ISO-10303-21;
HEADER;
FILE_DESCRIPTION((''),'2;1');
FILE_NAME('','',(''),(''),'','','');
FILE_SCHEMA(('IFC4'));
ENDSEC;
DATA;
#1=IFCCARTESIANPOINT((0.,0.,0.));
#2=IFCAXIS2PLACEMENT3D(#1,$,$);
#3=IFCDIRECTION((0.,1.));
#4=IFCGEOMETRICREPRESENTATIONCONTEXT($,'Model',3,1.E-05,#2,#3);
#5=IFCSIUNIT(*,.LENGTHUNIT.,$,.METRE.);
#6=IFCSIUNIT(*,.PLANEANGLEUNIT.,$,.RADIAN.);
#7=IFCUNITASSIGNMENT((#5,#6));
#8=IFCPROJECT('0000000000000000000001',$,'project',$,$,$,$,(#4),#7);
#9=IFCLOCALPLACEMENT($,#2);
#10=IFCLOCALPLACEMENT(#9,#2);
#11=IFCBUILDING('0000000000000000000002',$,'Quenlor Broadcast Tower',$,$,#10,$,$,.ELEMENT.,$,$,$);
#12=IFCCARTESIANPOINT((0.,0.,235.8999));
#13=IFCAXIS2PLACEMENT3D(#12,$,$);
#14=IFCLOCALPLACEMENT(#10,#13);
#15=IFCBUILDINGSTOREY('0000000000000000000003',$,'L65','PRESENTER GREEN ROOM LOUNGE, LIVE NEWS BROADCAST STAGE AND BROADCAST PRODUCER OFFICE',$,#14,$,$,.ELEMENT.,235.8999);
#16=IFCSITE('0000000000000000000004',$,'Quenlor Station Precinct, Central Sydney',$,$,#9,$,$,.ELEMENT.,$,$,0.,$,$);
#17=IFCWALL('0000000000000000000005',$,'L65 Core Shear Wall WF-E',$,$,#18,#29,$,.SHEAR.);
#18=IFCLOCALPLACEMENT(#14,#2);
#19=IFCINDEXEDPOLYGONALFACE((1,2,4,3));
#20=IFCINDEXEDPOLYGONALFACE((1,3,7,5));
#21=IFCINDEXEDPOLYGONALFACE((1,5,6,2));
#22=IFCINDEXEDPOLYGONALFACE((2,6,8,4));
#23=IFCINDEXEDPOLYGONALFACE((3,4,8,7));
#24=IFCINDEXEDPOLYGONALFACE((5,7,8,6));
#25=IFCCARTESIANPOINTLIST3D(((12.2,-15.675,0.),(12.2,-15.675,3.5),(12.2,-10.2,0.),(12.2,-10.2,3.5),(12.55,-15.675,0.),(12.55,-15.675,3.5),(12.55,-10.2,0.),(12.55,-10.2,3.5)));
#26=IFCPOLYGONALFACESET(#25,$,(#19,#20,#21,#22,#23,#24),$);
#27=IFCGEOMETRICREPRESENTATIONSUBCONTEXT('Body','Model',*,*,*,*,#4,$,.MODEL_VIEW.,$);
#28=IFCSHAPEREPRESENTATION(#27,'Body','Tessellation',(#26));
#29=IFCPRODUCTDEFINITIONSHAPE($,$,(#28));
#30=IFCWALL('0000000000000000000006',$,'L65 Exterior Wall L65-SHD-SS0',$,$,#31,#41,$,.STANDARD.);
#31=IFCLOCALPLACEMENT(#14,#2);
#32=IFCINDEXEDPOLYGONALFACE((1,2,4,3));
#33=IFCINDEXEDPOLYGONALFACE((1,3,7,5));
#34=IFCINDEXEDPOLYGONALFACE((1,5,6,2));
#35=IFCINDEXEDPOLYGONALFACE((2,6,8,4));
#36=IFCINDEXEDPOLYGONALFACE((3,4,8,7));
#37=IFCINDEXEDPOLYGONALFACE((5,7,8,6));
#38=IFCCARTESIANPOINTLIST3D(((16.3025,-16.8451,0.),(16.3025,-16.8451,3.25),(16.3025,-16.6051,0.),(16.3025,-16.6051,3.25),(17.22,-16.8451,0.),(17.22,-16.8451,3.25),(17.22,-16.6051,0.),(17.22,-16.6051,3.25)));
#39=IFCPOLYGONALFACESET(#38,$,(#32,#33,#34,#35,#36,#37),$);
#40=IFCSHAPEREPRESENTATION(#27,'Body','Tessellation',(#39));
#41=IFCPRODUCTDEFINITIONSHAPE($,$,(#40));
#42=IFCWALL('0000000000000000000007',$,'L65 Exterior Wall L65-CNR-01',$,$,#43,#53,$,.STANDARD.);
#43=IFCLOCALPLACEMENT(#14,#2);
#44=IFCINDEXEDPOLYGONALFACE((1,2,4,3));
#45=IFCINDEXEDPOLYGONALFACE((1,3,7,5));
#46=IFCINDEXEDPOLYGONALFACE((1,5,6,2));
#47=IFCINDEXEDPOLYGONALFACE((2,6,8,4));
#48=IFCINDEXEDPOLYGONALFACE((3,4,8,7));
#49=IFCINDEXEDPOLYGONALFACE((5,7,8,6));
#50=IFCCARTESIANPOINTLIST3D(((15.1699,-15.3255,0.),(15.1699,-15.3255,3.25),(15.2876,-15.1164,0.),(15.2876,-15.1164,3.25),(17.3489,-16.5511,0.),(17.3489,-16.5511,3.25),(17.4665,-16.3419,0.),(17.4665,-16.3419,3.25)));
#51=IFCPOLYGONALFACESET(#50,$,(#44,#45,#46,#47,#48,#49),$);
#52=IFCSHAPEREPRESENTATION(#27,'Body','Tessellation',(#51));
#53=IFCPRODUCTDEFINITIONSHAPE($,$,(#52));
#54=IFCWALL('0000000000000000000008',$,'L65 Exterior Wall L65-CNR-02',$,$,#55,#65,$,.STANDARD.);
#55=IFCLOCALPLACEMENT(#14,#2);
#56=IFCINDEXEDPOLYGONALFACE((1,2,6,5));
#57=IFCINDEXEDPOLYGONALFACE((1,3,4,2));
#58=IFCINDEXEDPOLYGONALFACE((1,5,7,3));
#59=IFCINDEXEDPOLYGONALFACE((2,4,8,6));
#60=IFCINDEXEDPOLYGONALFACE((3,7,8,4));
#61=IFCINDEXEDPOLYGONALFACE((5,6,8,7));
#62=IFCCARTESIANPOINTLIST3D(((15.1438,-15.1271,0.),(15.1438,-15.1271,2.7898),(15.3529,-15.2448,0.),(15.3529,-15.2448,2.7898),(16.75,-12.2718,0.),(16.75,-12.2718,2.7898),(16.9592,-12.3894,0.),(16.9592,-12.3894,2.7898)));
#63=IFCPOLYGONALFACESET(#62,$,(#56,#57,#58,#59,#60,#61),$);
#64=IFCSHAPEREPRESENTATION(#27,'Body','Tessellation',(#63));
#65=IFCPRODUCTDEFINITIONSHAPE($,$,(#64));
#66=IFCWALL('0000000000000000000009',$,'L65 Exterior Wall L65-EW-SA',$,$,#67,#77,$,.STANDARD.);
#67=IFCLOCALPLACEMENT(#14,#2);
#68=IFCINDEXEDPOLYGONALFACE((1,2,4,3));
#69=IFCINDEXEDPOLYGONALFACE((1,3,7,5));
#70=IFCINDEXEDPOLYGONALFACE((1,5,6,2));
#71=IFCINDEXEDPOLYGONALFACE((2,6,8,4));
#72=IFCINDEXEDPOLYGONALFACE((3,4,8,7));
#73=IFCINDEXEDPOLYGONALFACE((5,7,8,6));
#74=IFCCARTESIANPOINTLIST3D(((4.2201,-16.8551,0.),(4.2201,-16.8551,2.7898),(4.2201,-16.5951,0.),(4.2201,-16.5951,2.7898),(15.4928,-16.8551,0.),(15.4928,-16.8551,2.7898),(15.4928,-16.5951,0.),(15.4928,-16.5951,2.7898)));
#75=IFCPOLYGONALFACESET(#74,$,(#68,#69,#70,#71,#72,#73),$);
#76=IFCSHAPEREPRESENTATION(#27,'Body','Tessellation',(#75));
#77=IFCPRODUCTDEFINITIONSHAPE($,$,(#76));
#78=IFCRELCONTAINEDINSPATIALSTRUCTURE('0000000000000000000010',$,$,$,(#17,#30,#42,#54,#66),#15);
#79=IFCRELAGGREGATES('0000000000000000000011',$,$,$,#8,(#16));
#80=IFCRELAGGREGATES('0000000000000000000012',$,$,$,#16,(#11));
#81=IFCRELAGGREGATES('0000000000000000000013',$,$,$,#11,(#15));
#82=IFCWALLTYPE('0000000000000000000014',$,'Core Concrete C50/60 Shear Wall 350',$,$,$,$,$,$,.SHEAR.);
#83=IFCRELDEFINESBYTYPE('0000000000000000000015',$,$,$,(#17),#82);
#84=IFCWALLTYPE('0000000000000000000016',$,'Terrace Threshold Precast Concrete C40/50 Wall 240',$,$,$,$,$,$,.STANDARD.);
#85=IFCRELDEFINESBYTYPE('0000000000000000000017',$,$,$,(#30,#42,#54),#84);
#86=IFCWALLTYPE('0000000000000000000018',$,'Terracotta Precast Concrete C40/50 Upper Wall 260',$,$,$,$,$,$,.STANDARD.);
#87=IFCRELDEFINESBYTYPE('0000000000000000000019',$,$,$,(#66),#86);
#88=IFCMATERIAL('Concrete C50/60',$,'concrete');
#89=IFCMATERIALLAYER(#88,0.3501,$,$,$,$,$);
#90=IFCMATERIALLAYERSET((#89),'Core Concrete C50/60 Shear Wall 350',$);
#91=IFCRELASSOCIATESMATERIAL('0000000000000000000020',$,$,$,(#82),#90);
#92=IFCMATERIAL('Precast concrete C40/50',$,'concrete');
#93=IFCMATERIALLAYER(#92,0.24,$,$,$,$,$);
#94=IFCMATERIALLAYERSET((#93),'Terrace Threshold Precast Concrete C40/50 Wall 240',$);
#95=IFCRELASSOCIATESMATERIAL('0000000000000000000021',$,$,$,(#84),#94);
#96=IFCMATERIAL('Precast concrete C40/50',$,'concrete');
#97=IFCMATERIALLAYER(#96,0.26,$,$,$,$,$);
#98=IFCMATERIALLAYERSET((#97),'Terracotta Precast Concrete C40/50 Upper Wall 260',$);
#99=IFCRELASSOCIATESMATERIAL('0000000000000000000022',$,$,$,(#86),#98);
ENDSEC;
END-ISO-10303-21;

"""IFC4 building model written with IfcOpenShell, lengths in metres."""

from ifc_helpers import new_model, si_unit, direction, frame, frame_2d, origin, place, context, subcontext, project, spatial, rectangle, extrude, material, layer, layer_set, type_object, element, save


model = new_model("IFC4")

# Units and contexts
model_context = context("Model", 3, precision=1e-05, world=origin(), true_north=direction((0.0, 1.0)))
body_context = subcontext(model_context, "Body", "Model", "MODEL_VIEW")
ifc_project = project(units=[si_unit("LENGTHUNIT", "METRE"), si_unit("PLANEANGLEUNIT", "RADIAN")], contexts=[model_context])

# Site, building, storey
site_placement = place(None, origin())
site = spatial("IfcSite", under=ifc_project, at=site_placement, Name="Quenlor Station Precinct, Central Sydney", CompositionType="ELEMENT", RefElevation=0.0)
building_placement = place(site_placement, origin())
building = spatial("IfcBuilding", under=site, at=building_placement, Name="Quenlor Broadcast Tower", CompositionType="ELEMENT")
storey_placement = place(building_placement, frame((0.0, 0.0, 235.8999)))
storey = spatial("IfcBuildingStorey", under=building, at=storey_placement, Name="L65", Description="PRESENTER GREEN ROOM LOUNGE, LIVE NEWS BROADCAST STAGE AND BROADCAST PRODUCER OFFICE", CompositionType="ELEMENT", Elevation=235.8999)

# Walls
ifc_material_1 = material(Name="Concrete C50/60", Category="concrete")
ifc_layer_1 = layer(ifc_material_1, 0.3501)
ifc_layer_set_1 = layer_set([ifc_layer_1], Name="Core Concrete C50/60 Shear Wall 350")
wall_type_1 = type_object("IfcWallType", Name="Core Concrete C50/60 Shear Wall 350", PredefinedType="SHEAR", material=ifc_layer_set_1)
wall_1_placement = place(storey_placement, frame((12.375, -15.675, 0.0), z_axis=(0.0, 0.0, 1.0), x_axis=(0.0, 1.0, 0.0)))
element("IfcWall", 1, at=wall_1_placement, inside=storey, type_object=wall_type_1, Name="L65 Core Shear Wall WF-E", PredefinedType="SHEAR", context=body_context, shape_type="SweptSolid", body=[
    extrude(rectangle(XDim=5.4751, YDim=0.3501, at=frame_2d((2.7375, 0.0))), origin(), (0.0, 0.0, 1.0), 3.5),
])
ifc_material_2 = material(Name="Precast concrete C40/50", Category="concrete")
ifc_layer_2 = layer(ifc_material_2, 0.24)
ifc_layer_set_2 = layer_set([ifc_layer_2], Name="Terrace Threshold Precast Concrete C40/50 Wall 240")
wall_type_2 = type_object("IfcWallType", Name="Terrace Threshold Precast Concrete C40/50 Wall 240", PredefinedType="STANDARD", material=ifc_layer_set_2)
wall_2_placement = place(storey_placement, frame((17.22, -16.7251, 0.0), z_axis=(0.0, 0.0, 1.0), x_axis=(-1.0, 0.0, 0.0)))
element("IfcWall", 2, at=wall_2_placement, inside=storey, type_object=wall_type_2, Name="L65 Exterior Wall L65-SHD-SS0", PredefinedType="STANDARD", context=body_context, shape_type="SweptSolid", body=[
    extrude(rectangle(XDim=0.9175, YDim=0.24, at=frame_2d((0.4587, 0.0))), origin(), (0.0, 0.0, 1.0), 3.25),
])
wall_3_placement = place(storey_placement, frame((17.4077, -16.4465, 0.0), z_axis=(0.0, 0.0, 1.0), x_axis=(-0.871589, 0.490238, 0.0)))
element("IfcWall", 3, at=wall_3_placement, inside=storey, type_object=wall_type_2, Name="L65 Exterior Wall L65-CNR-01", PredefinedType="STANDARD", context=body_context, shape_type="SweptSolid", body=[
    extrude(rectangle(XDim=2.5, YDim=0.24, at=frame_2d((1.25, 0.0))), origin(), (0.0, 0.0, 1.0), 3.25),
])
wall_4_placement = place(storey_placement, frame((15.2483, -15.186, 0.0), z_axis=(0.0, 0.0, 1.0), x_axis=(0.490293, 0.871558, 0.0)))
element("IfcWall", 4, at=wall_4_placement, inside=storey, type_object=wall_type_2, Name="L65 Exterior Wall L65-CNR-02", PredefinedType="STANDARD", context=body_context, shape_type="SweptSolid", body=[
    extrude(rectangle(XDim=3.2761, YDim=0.24, at=frame_2d((1.6382, 0.0))), origin(), (0.0, 0.0, 1.0), 2.7898),
])
ifc_material_3 = material(Name="Precast concrete C40/50", Category="concrete")
ifc_layer_3 = layer(ifc_material_3, 0.26)
ifc_layer_set_3 = layer_set([ifc_layer_3], Name="Terracotta Precast Concrete C40/50 Upper Wall 260")
wall_type_3 = type_object("IfcWallType", Name="Terracotta Precast Concrete C40/50 Upper Wall 260", PredefinedType="STANDARD", material=ifc_layer_set_3)
wall_5_placement = place(storey_placement, frame((15.4927, -16.7251, 0.0), z_axis=(0.0, 0.0, 1.0), x_axis=(-1.0, 0.0, 0.0)))
element("IfcWall", 5, at=wall_5_placement, inside=storey, type_object=wall_type_3, Name="L65 Exterior Wall L65-EW-SA", PredefinedType="STANDARD", context=body_context, shape_type="SweptSolid", body=[
    extrude(rectangle(XDim=11.2727, YDim=0.26, at=frame_2d((5.6362, 0.0))), origin(), (0.0, 0.0, 1.0), 2.7898),
])

save(model, "model.ifc")
